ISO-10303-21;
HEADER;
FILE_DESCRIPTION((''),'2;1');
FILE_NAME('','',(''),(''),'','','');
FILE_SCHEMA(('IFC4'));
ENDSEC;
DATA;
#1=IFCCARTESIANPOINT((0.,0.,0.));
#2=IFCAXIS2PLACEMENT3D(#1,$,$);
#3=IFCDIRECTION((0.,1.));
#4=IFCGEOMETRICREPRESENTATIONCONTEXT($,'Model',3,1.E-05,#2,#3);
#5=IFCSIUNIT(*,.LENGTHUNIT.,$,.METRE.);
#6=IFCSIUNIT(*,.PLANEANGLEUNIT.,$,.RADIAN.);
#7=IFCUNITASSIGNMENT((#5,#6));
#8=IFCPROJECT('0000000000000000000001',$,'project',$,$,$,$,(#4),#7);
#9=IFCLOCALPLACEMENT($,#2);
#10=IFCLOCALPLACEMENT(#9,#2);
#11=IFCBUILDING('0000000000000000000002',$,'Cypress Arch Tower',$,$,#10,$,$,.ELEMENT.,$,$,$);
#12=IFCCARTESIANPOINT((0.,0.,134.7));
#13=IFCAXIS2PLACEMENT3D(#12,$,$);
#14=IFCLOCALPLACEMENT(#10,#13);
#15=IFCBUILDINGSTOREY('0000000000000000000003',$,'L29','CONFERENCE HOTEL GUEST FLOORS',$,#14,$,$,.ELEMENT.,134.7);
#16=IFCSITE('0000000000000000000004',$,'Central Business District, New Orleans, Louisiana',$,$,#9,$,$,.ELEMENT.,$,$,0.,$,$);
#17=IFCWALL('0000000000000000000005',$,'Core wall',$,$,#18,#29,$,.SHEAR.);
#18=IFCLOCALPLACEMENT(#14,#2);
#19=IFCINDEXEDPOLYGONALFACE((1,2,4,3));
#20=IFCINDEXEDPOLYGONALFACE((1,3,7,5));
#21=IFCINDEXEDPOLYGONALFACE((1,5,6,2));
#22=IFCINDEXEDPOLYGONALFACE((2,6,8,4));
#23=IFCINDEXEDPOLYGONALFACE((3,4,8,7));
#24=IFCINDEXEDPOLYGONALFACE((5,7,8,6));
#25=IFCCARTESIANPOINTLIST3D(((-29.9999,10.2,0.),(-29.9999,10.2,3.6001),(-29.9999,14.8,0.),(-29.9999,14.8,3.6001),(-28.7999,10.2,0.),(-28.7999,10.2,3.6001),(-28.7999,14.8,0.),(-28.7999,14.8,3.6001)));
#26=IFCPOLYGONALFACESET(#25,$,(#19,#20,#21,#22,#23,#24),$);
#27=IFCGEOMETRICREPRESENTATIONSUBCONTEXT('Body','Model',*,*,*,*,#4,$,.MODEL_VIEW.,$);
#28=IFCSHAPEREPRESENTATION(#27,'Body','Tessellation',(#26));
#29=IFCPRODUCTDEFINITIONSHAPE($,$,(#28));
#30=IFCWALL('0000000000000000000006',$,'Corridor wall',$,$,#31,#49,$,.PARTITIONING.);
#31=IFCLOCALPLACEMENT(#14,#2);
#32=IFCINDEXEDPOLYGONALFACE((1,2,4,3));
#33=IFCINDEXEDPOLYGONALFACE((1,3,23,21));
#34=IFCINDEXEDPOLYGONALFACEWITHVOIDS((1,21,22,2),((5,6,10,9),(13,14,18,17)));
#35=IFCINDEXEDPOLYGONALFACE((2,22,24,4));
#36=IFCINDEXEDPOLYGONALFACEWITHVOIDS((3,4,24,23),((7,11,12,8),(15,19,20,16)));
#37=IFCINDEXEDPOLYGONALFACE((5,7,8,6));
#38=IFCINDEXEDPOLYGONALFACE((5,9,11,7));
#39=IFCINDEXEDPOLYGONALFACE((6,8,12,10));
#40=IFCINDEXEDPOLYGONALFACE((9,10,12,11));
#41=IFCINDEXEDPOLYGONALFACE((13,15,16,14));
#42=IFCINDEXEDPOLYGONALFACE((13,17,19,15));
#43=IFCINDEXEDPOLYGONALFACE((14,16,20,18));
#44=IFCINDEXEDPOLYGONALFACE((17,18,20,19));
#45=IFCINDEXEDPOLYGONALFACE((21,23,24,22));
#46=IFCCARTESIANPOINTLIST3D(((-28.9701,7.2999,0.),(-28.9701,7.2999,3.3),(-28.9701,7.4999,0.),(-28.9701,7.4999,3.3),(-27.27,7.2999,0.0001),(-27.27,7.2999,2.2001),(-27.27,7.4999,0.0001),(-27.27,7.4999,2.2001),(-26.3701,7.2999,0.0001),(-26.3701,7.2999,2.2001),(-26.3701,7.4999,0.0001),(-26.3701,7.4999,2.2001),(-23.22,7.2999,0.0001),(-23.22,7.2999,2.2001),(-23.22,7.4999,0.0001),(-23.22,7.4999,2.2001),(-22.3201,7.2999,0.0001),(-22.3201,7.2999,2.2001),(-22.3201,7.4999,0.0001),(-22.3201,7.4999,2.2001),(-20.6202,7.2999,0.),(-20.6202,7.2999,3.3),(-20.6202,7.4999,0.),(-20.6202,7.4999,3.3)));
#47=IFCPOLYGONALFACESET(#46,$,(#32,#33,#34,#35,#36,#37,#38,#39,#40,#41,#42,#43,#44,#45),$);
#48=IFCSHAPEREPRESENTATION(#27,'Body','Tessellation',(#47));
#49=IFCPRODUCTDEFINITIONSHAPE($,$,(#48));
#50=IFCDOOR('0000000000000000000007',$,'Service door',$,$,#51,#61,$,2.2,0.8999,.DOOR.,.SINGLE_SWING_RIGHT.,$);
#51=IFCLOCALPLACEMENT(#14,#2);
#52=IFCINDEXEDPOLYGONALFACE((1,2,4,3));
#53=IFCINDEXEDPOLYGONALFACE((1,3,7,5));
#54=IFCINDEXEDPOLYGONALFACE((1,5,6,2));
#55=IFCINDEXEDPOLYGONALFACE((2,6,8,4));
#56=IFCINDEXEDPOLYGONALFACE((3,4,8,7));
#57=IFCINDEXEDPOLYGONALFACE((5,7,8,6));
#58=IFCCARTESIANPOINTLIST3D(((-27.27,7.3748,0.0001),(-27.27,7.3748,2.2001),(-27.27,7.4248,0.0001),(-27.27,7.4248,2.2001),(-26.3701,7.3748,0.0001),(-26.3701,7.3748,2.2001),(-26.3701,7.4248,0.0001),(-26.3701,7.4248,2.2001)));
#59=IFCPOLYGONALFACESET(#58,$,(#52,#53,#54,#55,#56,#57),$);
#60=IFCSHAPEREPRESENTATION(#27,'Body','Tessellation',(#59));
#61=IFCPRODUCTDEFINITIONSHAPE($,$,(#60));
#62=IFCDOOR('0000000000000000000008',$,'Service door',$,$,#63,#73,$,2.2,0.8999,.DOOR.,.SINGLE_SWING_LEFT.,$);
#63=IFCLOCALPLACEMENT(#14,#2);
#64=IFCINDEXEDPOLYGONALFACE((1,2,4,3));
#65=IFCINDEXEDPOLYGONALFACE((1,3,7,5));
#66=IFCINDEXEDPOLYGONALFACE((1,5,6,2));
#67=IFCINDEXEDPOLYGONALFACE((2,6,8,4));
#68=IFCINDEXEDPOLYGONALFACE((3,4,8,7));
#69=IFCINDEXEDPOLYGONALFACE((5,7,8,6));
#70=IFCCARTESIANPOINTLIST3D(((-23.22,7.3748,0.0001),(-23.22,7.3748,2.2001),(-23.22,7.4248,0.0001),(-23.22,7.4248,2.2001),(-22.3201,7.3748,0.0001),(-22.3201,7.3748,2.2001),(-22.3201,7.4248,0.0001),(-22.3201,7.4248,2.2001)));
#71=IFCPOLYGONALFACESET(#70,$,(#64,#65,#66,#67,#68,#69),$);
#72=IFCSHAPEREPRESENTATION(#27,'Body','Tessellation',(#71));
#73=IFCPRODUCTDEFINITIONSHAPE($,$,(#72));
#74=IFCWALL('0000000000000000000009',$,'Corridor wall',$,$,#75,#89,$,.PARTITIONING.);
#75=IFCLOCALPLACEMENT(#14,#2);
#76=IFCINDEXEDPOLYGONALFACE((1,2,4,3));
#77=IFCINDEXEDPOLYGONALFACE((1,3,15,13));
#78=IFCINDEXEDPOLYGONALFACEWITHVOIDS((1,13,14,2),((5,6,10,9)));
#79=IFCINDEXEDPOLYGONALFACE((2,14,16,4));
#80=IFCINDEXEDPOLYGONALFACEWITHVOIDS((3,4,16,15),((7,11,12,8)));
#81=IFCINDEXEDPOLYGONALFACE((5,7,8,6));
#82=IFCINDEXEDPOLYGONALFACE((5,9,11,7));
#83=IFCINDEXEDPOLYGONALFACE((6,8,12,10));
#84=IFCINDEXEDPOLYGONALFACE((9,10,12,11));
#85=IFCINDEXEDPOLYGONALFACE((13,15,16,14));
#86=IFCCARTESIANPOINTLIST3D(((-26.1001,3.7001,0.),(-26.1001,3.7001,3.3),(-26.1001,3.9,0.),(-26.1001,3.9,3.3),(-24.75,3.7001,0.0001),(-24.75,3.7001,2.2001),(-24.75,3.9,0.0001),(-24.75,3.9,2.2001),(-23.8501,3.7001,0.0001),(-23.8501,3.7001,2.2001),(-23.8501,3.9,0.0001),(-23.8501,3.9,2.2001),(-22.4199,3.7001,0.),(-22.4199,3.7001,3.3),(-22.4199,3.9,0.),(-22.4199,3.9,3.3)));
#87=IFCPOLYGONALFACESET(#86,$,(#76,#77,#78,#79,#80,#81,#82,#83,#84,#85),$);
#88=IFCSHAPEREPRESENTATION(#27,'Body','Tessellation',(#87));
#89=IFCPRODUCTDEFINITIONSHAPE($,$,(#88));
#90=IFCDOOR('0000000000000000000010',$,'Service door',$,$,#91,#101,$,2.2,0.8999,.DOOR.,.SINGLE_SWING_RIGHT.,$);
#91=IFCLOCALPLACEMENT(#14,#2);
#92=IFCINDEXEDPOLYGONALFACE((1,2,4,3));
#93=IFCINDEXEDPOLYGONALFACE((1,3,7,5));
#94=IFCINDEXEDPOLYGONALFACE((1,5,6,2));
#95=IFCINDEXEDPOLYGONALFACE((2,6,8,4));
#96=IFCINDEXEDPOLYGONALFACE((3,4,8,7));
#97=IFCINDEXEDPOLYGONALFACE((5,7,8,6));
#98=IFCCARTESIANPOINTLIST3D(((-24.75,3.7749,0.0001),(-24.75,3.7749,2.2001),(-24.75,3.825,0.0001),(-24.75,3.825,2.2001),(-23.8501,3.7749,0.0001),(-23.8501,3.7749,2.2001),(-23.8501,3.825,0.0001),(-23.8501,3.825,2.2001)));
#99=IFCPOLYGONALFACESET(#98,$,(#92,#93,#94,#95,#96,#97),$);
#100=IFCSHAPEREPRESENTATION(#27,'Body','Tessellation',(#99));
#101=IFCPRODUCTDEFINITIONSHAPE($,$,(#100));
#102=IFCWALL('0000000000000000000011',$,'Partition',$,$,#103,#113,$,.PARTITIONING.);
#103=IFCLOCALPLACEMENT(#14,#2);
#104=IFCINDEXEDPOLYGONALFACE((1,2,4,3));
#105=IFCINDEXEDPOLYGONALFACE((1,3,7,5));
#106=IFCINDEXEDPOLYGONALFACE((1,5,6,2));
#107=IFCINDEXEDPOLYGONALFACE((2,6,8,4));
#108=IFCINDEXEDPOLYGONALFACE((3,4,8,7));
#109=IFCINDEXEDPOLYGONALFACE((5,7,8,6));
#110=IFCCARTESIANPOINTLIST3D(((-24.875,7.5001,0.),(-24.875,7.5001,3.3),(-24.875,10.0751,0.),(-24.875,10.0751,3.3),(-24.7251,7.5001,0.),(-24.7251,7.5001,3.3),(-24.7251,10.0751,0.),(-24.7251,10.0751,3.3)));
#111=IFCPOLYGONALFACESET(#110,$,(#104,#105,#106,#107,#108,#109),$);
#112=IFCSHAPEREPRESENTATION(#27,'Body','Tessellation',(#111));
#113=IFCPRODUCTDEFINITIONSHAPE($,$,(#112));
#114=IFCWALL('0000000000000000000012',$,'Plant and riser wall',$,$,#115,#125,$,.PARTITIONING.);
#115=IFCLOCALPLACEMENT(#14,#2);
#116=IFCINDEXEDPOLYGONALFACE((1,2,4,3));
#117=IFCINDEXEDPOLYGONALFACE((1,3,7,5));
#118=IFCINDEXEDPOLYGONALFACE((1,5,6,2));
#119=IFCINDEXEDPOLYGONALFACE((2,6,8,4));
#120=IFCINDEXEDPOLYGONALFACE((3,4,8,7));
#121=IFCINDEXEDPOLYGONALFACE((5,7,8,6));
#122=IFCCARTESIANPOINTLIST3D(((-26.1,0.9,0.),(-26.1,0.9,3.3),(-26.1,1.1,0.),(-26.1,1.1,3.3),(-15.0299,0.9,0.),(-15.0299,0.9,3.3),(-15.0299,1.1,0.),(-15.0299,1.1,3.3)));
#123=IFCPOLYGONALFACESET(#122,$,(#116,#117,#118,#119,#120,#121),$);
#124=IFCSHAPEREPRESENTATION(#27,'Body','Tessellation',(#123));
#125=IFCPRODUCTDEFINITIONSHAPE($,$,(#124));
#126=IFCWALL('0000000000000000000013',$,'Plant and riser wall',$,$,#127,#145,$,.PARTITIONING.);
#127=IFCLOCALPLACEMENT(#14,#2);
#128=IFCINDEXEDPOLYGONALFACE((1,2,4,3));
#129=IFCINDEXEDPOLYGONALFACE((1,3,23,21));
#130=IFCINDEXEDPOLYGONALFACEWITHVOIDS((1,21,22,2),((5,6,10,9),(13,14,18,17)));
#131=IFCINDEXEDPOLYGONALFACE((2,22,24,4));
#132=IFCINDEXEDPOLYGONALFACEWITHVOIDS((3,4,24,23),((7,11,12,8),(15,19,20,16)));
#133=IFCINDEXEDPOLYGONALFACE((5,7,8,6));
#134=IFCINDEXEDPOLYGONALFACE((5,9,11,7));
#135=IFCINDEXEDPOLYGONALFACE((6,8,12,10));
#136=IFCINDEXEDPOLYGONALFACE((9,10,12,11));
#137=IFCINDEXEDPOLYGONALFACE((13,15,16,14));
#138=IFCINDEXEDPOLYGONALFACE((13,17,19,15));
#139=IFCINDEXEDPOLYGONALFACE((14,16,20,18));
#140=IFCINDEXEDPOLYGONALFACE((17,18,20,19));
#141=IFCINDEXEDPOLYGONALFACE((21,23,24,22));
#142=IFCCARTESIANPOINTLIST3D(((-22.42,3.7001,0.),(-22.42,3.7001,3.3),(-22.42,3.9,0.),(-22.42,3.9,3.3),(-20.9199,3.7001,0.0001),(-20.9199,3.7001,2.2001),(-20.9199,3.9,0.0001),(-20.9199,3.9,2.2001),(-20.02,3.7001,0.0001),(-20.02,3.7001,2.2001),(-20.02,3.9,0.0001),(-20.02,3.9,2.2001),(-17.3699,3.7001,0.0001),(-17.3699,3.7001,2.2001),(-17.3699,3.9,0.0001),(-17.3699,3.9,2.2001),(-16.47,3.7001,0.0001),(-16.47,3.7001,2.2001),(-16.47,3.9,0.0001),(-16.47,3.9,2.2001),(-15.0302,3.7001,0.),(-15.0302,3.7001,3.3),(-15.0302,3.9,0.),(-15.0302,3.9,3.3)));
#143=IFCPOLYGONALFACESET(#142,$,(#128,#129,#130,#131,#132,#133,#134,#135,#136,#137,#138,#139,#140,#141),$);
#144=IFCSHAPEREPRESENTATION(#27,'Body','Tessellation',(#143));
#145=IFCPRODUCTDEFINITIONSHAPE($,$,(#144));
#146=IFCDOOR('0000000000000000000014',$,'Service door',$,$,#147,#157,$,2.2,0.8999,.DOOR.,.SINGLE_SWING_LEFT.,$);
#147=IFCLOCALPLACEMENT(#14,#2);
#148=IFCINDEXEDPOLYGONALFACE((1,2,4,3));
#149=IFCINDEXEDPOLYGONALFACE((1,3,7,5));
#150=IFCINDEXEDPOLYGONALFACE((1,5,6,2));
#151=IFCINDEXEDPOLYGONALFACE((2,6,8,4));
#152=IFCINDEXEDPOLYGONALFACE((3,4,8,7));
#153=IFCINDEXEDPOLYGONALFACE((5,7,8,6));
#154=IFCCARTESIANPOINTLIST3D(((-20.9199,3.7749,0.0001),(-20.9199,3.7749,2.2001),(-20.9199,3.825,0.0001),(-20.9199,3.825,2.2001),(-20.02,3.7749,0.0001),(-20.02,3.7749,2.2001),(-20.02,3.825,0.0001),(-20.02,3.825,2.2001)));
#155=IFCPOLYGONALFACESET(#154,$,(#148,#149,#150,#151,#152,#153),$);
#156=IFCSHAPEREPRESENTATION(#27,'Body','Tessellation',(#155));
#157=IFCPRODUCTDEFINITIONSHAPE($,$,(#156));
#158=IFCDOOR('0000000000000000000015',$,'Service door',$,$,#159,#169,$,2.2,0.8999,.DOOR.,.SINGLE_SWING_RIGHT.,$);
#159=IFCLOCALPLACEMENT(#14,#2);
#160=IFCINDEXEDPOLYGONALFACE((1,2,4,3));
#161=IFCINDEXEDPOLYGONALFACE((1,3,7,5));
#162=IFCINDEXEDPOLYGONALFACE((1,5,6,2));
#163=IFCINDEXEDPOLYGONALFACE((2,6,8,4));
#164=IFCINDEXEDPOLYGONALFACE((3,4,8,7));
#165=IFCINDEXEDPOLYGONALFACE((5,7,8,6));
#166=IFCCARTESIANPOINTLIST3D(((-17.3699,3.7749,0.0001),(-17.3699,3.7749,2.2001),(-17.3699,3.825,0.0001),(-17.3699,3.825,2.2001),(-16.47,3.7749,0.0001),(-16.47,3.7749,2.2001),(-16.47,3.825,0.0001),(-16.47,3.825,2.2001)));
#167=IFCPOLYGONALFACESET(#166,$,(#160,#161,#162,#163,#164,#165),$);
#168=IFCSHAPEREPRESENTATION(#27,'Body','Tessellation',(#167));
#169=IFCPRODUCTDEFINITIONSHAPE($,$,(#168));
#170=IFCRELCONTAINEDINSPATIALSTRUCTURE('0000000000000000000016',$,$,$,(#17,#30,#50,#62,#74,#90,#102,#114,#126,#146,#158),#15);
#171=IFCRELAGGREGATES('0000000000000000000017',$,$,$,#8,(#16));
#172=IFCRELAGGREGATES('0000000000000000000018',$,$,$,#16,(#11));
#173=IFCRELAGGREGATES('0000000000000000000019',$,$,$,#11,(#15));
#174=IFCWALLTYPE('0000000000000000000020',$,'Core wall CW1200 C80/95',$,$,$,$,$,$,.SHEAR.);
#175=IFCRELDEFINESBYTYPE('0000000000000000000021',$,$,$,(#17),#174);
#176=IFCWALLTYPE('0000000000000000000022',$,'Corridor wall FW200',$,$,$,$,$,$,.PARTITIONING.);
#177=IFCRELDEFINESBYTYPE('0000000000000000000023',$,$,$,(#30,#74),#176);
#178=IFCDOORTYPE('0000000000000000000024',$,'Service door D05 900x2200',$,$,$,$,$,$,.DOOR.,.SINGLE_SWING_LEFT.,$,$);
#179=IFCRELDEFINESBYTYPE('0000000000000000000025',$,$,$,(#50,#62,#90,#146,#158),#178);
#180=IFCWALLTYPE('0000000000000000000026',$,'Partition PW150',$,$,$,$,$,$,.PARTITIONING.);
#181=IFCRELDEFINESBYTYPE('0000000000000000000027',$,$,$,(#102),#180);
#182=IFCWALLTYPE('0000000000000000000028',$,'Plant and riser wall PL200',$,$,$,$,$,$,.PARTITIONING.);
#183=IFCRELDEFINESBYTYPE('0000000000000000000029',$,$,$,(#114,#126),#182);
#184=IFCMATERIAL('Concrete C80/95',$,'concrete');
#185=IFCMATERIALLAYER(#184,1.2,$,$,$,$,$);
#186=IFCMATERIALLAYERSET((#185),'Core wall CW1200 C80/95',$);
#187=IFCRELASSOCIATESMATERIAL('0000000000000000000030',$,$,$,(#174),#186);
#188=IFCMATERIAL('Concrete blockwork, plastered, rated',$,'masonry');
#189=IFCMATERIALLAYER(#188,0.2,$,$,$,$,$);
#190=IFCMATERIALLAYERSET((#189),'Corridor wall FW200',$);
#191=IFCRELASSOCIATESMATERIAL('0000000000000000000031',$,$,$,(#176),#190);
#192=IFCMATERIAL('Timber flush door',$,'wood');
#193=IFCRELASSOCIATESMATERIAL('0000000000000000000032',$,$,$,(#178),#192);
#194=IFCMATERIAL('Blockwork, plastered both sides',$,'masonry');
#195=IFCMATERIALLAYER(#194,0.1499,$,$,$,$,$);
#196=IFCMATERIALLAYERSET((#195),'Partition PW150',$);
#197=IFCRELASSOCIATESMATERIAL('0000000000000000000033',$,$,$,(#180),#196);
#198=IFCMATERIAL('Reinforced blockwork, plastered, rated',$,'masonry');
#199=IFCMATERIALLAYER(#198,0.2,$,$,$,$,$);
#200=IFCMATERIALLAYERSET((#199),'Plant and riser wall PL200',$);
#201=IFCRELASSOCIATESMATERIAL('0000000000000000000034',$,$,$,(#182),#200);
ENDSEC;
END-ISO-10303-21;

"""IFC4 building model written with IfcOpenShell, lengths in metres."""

from ifc_helpers import new_model, si_unit, direction, frame, frame_2d, origin, place, context, subcontext, project, spatial, rectangle, extrude, material, layer, layer_set, type_object, element, fill, save


model = new_model("IFC4")

# Units and contexts
model_context = context("Model", 3, precision=1e-05, world=origin(), true_north=direction((0.0, 1.0)))
body_context = subcontext(model_context, "Body", "Model", "MODEL_VIEW")
ifc_project = project(units=[si_unit("LENGTHUNIT", "METRE"), si_unit("PLANEANGLEUNIT", "RADIAN")], contexts=[model_context])

# Site, building, storey
site_placement = place(None, origin())
site = spatial("IfcSite", under=ifc_project, at=site_placement, Name="Central Business District, New Orleans, Louisiana", CompositionType="ELEMENT", RefElevation=0.0)
building_placement = place(site_placement, origin())
building = spatial("IfcBuilding", under=site, at=building_placement, Name="Cypress Arch Tower", CompositionType="ELEMENT")
storey_placement = place(building_placement, frame((0.0, 0.0, 134.7)))
storey = spatial("IfcBuildingStorey", under=building, at=storey_placement, Name="L29", Description="CONFERENCE HOTEL GUEST FLOORS", CompositionType="ELEMENT", Elevation=134.7)

# Shared definitions
ifc_material_1 = material(Name="Concrete C80/95", Category="concrete")
ifc_layer_1 = layer(ifc_material_1, 1.2)
ifc_layer_set_1 = layer_set([ifc_layer_1], Name="Core wall CW1200 C80/95")
wall_type_1 = type_object("IfcWallType", Name="Core wall CW1200 C80/95", PredefinedType="SHEAR", material=ifc_layer_set_1)

# Wall
wall_1_placement = place(storey_placement, frame((-29.3999, 10.2, 0.0), z_axis=(0.0, 0.0, 1.0), x_axis=(0.0, 1.0, 0.0)))
element("IfcWall", 1, at=wall_1_placement, inside=storey, type_object=wall_type_1, Name="Core wall", PredefinedType="SHEAR", context=body_context, shape_type="SweptSolid", body=[
    extrude(rectangle(XDim=4.6001, YDim=1.2, at=frame_2d((2.3, 0.0))), origin(), (0.0, 0.0, 1.0), 3.6001),
])

# Wall, openings, doors
ifc_material_2 = material(Name="Concrete blockwork, plastered, rated", Category="masonry")
ifc_layer_2 = layer(ifc_material_2, 0.2)
ifc_layer_set_2 = layer_set([ifc_layer_2], Name="Corridor wall FW200")
wall_type_2 = type_object("IfcWallType", Name="Corridor wall FW200", PredefinedType="PARTITIONING", material=ifc_layer_set_2)
wall_2_placement = place(storey_placement, frame((-28.97, 7.3999, 0.0), z_axis=(0.0, 0.0, 1.0), x_axis=(1.0, 0.0, 0.0)))
wall_2 = element("IfcWall", 2, at=wall_2_placement, inside=storey, type_object=wall_type_2, Name="Corridor wall", PredefinedType="PARTITIONING", context=body_context, shape_type="SweptSolid", body=[
    extrude(rectangle(XDim=8.3499, YDim=0.2, at=frame_2d((4.1748, 0.0))), origin(), (0.0, 0.0, 1.0), 3.3),
])
opening_1_placement = place(wall_2_placement, frame((1.7, 0.0, 0.0)))
opening_1 = element("IfcOpeningElement", 3, at=opening_1_placement, cuts=wall_2, PredefinedType="OPENING", context=body_context, shape_type="SweptSolid", body=[
    extrude(rectangle(XDim=0.8999, YDim=2.2, at=frame_2d((0.45, 1.1001))), frame((0.0, 0.1099, 0.0), z_axis=(0.0, -1.0, 0.0), x_axis=(1.0, 0.0, 0.0)), (0.0, 0.0, 1.0), 0.22),
])
opening_2_placement = place(wall_2_placement, frame((5.75, 0.0, 0.0)))
opening_2 = element("IfcOpeningElement", 4, at=opening_2_placement, cuts=wall_2, PredefinedType="OPENING", context=body_context, shape_type="SweptSolid", body=[
    extrude(rectangle(XDim=0.8999, YDim=2.2, at=frame_2d((0.45, 1.1001))), frame((0.0, 0.1099, 0.0), z_axis=(0.0, -1.0, 0.0), x_axis=(1.0, 0.0, 0.0)), (0.0, 0.0, 1.0), 0.22),
])
ifc_material_3 = material(Name="Timber flush door", Category="wood")
door_type_1 = type_object("IfcDoorType", Name="Service door D05 900x2200", OperationType="SINGLE_SWING_LEFT", PredefinedType="DOOR", material=ifc_material_3)
door_1_placement = place(opening_1_placement, origin())
door_1 = element("IfcDoor", 5, at=door_1_placement, inside=storey, type_object=door_type_1, Name="Service door", OperationType="SINGLE_SWING_RIGHT", OverallHeight=2.2, OverallWidth=0.8999, PredefinedType="DOOR", context=body_context, shape_type="SweptSolid", body=[
    extrude(rectangle(XDim=0.8999, YDim=2.2, at=frame_2d((0.45, 1.1001))), frame((0.0, 0.0249, 0.0), z_axis=(0.0, -1.0, 0.0), x_axis=(1.0, 0.0, 0.0)), (0.0, 0.0, 1.0), 0.05),
])
fill(opening_1, door_1)
door_2_placement = place(opening_2_placement, origin())
door_2 = element("IfcDoor", 6, at=door_2_placement, inside=storey, type_object=door_type_1, Name="Service door", OperationType="SINGLE_SWING_LEFT", OverallHeight=2.2, OverallWidth=0.8999, PredefinedType="DOOR", context=body_context, shape_type="SweptSolid", body=[
    extrude(rectangle(XDim=0.8999, YDim=2.2, at=frame_2d((0.45, 1.1001))), frame((0.0, 0.0249, 0.0), z_axis=(0.0, -1.0, 0.0), x_axis=(1.0, 0.0, 0.0)), (0.0, 0.0, 1.0), 0.05),
])
fill(opening_2, door_2)

# Wall, opening, door
wall_3_placement = place(storey_placement, frame((-26.1001, 3.8, 0.0), z_axis=(0.0, 0.0, 1.0), x_axis=(1.0, 0.0, 0.0)))
wall_3 = element("IfcWall", 7, at=wall_3_placement, inside=storey, type_object=wall_type_2, Name="Corridor wall", PredefinedType="PARTITIONING", context=body_context, shape_type="SweptSolid", body=[
    extrude(rectangle(XDim=3.6802, YDim=0.2, at=frame_2d((1.8401, 0.0))), origin(), (0.0, 0.0, 1.0), 3.3),
])
opening_3_placement = place(wall_3_placement, frame((1.3501, 0.0, 0.0)))
opening_3 = element("IfcOpeningElement", 8, at=opening_3_placement, cuts=wall_3, PredefinedType="OPENING", context=body_context, shape_type="SweptSolid", body=[
    extrude(rectangle(XDim=0.8999, YDim=2.2, at=frame_2d((0.45, 1.1001))), frame((0.0, 0.1099, 0.0), z_axis=(0.0, -1.0, 0.0), x_axis=(1.0, 0.0, 0.0)), (0.0, 0.0, 1.0), 0.22),
])
door_3_placement = place(opening_3_placement, origin())
door_3 = element("IfcDoor", 9, at=door_3_placement, inside=storey, type_object=door_type_1, Name="Service door", OperationType="SINGLE_SWING_RIGHT", OverallHeight=2.2, OverallWidth=0.8999, PredefinedType="DOOR", context=body_context, shape_type="SweptSolid", body=[
    extrude(rectangle(XDim=0.8999, YDim=2.2, at=frame_2d((0.45, 1.1001))), frame((0.0, 0.0249, 0.0), z_axis=(0.0, -1.0, 0.0), x_axis=(1.0, 0.0, 0.0)), (0.0, 0.0, 1.0), 0.05),
])
fill(opening_3, door_3)

# Walls
ifc_material_4 = material(Name="Blockwork, plastered both sides", Category="masonry")
ifc_layer_3 = layer(ifc_material_4, 0.1499)
ifc_layer_set_3 = layer_set([ifc_layer_3], Name="Partition PW150")
wall_type_3 = type_object("IfcWallType", Name="Partition PW150", PredefinedType="PARTITIONING", material=ifc_layer_set_3)
wall_4_placement = place(storey_placement, frame((-24.8, 7.5, 0.0), z_axis=(0.0, 0.0, 1.0), x_axis=(0.0, 1.0, 0.0)))
element("IfcWall", 10, at=wall_4_placement, inside=storey, type_object=wall_type_3, Name="Partition", PredefinedType="PARTITIONING", context=body_context, shape_type="SweptSolid", body=[
    extrude(rectangle(XDim=2.575, YDim=0.1499, at=frame_2d((1.2876, 0.0))), origin(), (0.0, 0.0, 1.0), 3.3),
])
ifc_material_5 = material(Name="Reinforced blockwork, plastered, rated", Category="masonry")
ifc_layer_4 = layer(ifc_material_5, 0.2)
ifc_layer_set_4 = layer_set([ifc_layer_4], Name="Plant and riser wall PL200")
wall_type_4 = type_object("IfcWallType", Name="Plant and riser wall PL200", PredefinedType="PARTITIONING", material=ifc_layer_set_4)
wall_5_placement = place(storey_placement, frame((-26.1001, 1.0, 0.0), z_axis=(0.0, 0.0, 1.0), x_axis=(1.0, 0.0, 0.0)))
element("IfcWall", 11, at=wall_5_placement, inside=storey, type_object=wall_type_4, Name="Plant and riser wall", PredefinedType="PARTITIONING", context=body_context, shape_type="SweptSolid", body=[
    extrude(rectangle(XDim=11.0701, YDim=0.2, at=frame_2d((5.5352, 0.0))), origin(), (0.0, 0.0, 1.0), 3.3),
])

# Wall, openings, doors
wall_6_placement = place(storey_placement, frame((-22.4199, 3.8, 0.0), z_axis=(0.0, 0.0, 1.0), x_axis=(1.0, 0.0, 0.0)))
wall_6 = element("IfcWall", 12, at=wall_6_placement, inside=storey, type_object=wall_type_4, Name="Plant and riser wall", PredefinedType="PARTITIONING", context=body_context, shape_type="SweptSolid", body=[
    extrude(rectangle(XDim=7.3899, YDim=0.2, at=frame_2d((3.6948, 0.0))), origin(), (0.0, 0.0, 1.0), 3.3),
])
opening_4_placement = place(wall_6_placement, frame((1.5, 0.0, 0.0)))
opening_4 = element("IfcOpeningElement", 13, at=opening_4_placement, cuts=wall_6, PredefinedType="OPENING", context=body_context, shape_type="SweptSolid", body=[
    extrude(rectangle(XDim=0.8999, YDim=2.2, at=frame_2d((0.45, 1.1001))), frame((0.0, 0.1099, 0.0), z_axis=(0.0, -1.0, 0.0), x_axis=(1.0, 0.0, 0.0)), (0.0, 0.0, 1.0), 0.22),
])
opening_5_placement = place(wall_6_placement, frame((5.05, 0.0, 0.0)))
opening_5 = element("IfcOpeningElement", 14, at=opening_5_placement, cuts=wall_6, PredefinedType="OPENING", context=body_context, shape_type="SweptSolid", body=[
    extrude(rectangle(XDim=0.8999, YDim=2.2, at=frame_2d((0.45, 1.1001))), frame((0.0, 0.1099, 0.0), z_axis=(0.0, -1.0, 0.0), x_axis=(1.0, 0.0, 0.0)), (0.0, 0.0, 1.0), 0.22),
])
door_4_placement = place(opening_4_placement, origin())
door_4 = element("IfcDoor", 15, at=door_4_placement, inside=storey, type_object=door_type_1, Name="Service door", OperationType="SINGLE_SWING_LEFT", OverallHeight=2.2, OverallWidth=0.8999, PredefinedType="DOOR", context=body_context, shape_type="SweptSolid", body=[
    extrude(rectangle(XDim=0.8999, YDim=2.2, at=frame_2d((0.45, 1.1001))), frame((0.0, 0.0249, 0.0), z_axis=(0.0, -1.0, 0.0), x_axis=(1.0, 0.0, 0.0)), (0.0, 0.0, 1.0), 0.05),
])
fill(opening_4, door_4)
door_5_placement = place(opening_5_placement, origin())
door_5 = element("IfcDoor", 16, at=door_5_placement, inside=storey, type_object=door_type_1, Name="Service door", OperationType="SINGLE_SWING_RIGHT", OverallHeight=2.2, OverallWidth=0.8999, PredefinedType="DOOR", context=body_context, shape_type="SweptSolid", body=[
    extrude(rectangle(XDim=0.8999, YDim=2.2, at=frame_2d((0.45, 1.1001))), frame((0.0, 0.0249, 0.0), z_axis=(0.0, -1.0, 0.0), x_axis=(1.0, 0.0, 0.0)), (0.0, 0.0, 1.0), 0.05),
])
fill(opening_5, door_5)

save(model, "model.ifc")
